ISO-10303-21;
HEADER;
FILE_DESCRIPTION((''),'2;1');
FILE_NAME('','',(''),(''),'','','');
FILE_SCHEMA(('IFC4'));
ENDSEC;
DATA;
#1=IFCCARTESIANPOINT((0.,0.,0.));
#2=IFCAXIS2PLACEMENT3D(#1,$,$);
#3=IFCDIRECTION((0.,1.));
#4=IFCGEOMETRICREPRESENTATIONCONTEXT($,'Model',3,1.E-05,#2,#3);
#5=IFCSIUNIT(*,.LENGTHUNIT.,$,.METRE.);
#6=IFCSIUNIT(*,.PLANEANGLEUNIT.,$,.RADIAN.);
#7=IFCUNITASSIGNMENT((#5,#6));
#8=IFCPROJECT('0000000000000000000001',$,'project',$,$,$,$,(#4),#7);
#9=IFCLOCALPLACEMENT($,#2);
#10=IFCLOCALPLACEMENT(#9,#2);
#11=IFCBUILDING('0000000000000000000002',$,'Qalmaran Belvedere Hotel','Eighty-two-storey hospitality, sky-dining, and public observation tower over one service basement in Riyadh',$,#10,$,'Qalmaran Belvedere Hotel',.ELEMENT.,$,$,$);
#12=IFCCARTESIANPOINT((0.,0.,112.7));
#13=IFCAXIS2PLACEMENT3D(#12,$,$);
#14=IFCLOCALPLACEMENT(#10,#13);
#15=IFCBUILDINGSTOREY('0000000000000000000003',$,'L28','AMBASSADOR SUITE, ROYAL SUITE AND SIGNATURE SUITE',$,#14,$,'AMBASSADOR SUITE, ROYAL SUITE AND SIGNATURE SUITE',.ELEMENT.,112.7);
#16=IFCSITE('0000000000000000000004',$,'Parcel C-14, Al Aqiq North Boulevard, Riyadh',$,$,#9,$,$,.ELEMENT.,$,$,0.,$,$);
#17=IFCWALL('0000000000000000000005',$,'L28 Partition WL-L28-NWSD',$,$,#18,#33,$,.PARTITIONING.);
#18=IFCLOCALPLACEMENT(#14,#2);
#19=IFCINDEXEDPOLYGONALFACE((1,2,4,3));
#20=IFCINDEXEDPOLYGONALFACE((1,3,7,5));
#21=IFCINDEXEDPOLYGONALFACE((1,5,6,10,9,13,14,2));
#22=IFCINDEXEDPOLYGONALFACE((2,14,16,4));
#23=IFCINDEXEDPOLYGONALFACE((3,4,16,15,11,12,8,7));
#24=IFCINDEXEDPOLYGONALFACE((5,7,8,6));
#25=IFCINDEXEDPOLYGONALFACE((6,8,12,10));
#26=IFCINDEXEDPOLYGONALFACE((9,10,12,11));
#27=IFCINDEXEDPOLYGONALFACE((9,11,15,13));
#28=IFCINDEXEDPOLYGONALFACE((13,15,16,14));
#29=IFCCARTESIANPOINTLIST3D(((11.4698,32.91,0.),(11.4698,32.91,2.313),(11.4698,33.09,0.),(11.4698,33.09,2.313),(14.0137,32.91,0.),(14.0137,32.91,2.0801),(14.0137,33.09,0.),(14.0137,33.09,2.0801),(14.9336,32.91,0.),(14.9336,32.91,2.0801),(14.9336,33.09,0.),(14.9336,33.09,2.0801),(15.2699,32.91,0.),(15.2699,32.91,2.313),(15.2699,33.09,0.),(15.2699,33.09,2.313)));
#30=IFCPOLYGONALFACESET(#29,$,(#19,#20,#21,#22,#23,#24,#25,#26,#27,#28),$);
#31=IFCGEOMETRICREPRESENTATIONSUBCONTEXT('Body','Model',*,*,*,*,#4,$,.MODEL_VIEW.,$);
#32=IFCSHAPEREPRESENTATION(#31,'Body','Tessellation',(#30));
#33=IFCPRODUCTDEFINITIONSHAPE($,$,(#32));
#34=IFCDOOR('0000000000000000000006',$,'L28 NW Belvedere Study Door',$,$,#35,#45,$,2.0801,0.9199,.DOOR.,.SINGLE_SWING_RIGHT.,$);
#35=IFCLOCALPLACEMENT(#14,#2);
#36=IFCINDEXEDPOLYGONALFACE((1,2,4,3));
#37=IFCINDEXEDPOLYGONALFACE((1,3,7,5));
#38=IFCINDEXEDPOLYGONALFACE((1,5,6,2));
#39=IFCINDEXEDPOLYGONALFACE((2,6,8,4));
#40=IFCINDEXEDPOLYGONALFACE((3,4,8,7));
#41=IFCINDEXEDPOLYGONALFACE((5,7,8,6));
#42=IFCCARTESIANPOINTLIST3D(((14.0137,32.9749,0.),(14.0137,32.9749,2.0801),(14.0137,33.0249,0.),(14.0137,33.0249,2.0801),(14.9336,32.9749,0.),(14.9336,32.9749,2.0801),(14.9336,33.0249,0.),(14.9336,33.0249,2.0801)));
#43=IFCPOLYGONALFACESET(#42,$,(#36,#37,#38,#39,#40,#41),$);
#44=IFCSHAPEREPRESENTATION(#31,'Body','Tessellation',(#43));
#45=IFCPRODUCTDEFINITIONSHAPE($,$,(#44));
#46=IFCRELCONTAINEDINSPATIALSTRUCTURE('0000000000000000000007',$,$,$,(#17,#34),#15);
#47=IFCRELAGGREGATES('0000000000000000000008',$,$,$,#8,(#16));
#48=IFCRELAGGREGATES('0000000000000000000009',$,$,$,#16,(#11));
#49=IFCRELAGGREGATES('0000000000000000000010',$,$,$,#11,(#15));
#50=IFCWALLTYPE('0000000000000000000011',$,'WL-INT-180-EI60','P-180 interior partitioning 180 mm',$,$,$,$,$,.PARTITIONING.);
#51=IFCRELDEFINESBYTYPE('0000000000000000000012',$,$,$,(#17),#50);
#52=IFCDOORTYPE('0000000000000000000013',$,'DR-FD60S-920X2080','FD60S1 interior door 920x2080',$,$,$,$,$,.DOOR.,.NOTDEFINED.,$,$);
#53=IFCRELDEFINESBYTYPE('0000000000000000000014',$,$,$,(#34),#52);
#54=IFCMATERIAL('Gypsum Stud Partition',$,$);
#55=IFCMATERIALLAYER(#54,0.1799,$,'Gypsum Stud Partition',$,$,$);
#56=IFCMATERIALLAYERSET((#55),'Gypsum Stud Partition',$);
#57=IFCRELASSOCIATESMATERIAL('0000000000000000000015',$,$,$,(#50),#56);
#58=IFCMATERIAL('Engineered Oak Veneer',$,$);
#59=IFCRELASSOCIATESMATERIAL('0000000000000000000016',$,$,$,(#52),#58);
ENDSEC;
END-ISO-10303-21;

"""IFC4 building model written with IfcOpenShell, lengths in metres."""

from ifc_helpers import new_model, si_unit, direction, frame, frame_2d, origin, place, context, subcontext, project, spatial, rectangle, extrude, material, layer, layer_set, type_object, element, fill, save


model = new_model("IFC4")

# Units and contexts
model_context = context("Model", 3, precision=1e-05, world=origin(), true_north=direction((0.0, 1.0)))
body_context = subcontext(model_context, "Body", "Model", "MODEL_VIEW")
ifc_project = project(units=[si_unit("LENGTHUNIT", "METRE"), si_unit("PLANEANGLEUNIT", "RADIAN")], contexts=[model_context])

# Site, building, storey
site_placement = place(None, origin())
site = spatial("IfcSite", under=ifc_project, at=site_placement, Name="Parcel C-14, Al Aqiq North Boulevard, Riyadh", CompositionType="ELEMENT", RefElevation=0.0)
building_placement = place(site_placement, origin())
building = spatial("IfcBuilding", under=site, at=building_placement, Name="Qalmaran Belvedere Hotel", Description="Eighty-two-storey hospitality, sky-dining, and public observation tower over one service basement in Riyadh", LongName="Qalmaran Belvedere Hotel", CompositionType="ELEMENT")
storey_placement = place(building_placement, frame((0.0, 0.0, 112.7)))
storey = spatial("IfcBuildingStorey", under=building, at=storey_placement, Name="L28", Description="AMBASSADOR SUITE, ROYAL SUITE AND SIGNATURE SUITE", LongName="AMBASSADOR SUITE, ROYAL SUITE AND SIGNATURE SUITE", CompositionType="ELEMENT", Elevation=112.7)

# Shared definitions
ifc_material_1 = material(Name="Engineered Oak Veneer")

# Shared definitions
ifc_material_2 = material(Name="Gypsum Stud Partition")

# Wall, opening, door
ifc_layer_1 = layer(ifc_material_2, 0.1799, Name="Gypsum Stud Partition")
ifc_layer_set_1 = layer_set([ifc_layer_1], Name="Gypsum Stud Partition")
wall_type_1 = type_object("IfcWallType", Name="WL-INT-180-EI60", Description="P-180 interior partitioning 180 mm", PredefinedType="PARTITIONING", material=ifc_layer_set_1)
wall_1_placement = place(storey_placement, frame((11.47, 33.0, 0.0), z_axis=(0.0, 0.0, 1.0), x_axis=(1.0, 0.0, 0.0)))
wall_1 = element("IfcWall", 1, at=wall_1_placement, inside=storey, type_object=wall_type_1, Name="L28 Partition WL-L28-NWSD", PredefinedType="PARTITIONING", context=body_context, shape_type="SweptSolid", body=[
    extrude(rectangle(XDim=3.8, YDim=0.1799, at=frame_2d((1.8999, 0.0))), origin(), (0.0, 0.0, 1.0), 2.313),
])
opening_1_placement = place(wall_1_placement, frame((2.5437, 0.0, 0.0)))
opening_1 = element("IfcOpeningElement", 2, at=opening_1_placement, cuts=wall_1, PredefinedType="OPENING", context=body_context, shape_type="SweptSolid", body=[
    extrude(rectangle(XDim=0.9199, YDim=2.0801, at=frame_2d((0.46, 1.04))), frame((0.0, 0.1001, 0.0), z_axis=(0.0, -1.0, 0.0), x_axis=(1.0, 0.0, 0.0)), (0.0, 0.0, 1.0), 0.2),
])
door_type_1 = type_object("IfcDoorType", Name="DR-FD60S-920X2080", Description="FD60S1 interior door 920x2080", OperationType="NOTDEFINED", PredefinedType="DOOR", material=ifc_material_1)
door_1_placement = place(opening_1_placement, origin())
door_1 = element("IfcDoor", 3, at=door_1_placement, inside=storey, type_object=door_type_1, Name="L28 NW Belvedere Study Door", OperationType="SINGLE_SWING_RIGHT", OverallHeight=2.0801, OverallWidth=0.9199, PredefinedType="DOOR", context=body_context, shape_type="SweptSolid", body=[
    extrude(rectangle(XDim=0.9199, YDim=2.0801, at=frame_2d((0.46, 1.04))), frame((0.0, 0.0249, 0.0), z_axis=(0.0, -1.0, 0.0), x_axis=(1.0, 0.0, 0.0)), (0.0, 0.0, 1.0), 0.05),
])
fill(opening_1, door_1)

save(model, "model.ifc")
